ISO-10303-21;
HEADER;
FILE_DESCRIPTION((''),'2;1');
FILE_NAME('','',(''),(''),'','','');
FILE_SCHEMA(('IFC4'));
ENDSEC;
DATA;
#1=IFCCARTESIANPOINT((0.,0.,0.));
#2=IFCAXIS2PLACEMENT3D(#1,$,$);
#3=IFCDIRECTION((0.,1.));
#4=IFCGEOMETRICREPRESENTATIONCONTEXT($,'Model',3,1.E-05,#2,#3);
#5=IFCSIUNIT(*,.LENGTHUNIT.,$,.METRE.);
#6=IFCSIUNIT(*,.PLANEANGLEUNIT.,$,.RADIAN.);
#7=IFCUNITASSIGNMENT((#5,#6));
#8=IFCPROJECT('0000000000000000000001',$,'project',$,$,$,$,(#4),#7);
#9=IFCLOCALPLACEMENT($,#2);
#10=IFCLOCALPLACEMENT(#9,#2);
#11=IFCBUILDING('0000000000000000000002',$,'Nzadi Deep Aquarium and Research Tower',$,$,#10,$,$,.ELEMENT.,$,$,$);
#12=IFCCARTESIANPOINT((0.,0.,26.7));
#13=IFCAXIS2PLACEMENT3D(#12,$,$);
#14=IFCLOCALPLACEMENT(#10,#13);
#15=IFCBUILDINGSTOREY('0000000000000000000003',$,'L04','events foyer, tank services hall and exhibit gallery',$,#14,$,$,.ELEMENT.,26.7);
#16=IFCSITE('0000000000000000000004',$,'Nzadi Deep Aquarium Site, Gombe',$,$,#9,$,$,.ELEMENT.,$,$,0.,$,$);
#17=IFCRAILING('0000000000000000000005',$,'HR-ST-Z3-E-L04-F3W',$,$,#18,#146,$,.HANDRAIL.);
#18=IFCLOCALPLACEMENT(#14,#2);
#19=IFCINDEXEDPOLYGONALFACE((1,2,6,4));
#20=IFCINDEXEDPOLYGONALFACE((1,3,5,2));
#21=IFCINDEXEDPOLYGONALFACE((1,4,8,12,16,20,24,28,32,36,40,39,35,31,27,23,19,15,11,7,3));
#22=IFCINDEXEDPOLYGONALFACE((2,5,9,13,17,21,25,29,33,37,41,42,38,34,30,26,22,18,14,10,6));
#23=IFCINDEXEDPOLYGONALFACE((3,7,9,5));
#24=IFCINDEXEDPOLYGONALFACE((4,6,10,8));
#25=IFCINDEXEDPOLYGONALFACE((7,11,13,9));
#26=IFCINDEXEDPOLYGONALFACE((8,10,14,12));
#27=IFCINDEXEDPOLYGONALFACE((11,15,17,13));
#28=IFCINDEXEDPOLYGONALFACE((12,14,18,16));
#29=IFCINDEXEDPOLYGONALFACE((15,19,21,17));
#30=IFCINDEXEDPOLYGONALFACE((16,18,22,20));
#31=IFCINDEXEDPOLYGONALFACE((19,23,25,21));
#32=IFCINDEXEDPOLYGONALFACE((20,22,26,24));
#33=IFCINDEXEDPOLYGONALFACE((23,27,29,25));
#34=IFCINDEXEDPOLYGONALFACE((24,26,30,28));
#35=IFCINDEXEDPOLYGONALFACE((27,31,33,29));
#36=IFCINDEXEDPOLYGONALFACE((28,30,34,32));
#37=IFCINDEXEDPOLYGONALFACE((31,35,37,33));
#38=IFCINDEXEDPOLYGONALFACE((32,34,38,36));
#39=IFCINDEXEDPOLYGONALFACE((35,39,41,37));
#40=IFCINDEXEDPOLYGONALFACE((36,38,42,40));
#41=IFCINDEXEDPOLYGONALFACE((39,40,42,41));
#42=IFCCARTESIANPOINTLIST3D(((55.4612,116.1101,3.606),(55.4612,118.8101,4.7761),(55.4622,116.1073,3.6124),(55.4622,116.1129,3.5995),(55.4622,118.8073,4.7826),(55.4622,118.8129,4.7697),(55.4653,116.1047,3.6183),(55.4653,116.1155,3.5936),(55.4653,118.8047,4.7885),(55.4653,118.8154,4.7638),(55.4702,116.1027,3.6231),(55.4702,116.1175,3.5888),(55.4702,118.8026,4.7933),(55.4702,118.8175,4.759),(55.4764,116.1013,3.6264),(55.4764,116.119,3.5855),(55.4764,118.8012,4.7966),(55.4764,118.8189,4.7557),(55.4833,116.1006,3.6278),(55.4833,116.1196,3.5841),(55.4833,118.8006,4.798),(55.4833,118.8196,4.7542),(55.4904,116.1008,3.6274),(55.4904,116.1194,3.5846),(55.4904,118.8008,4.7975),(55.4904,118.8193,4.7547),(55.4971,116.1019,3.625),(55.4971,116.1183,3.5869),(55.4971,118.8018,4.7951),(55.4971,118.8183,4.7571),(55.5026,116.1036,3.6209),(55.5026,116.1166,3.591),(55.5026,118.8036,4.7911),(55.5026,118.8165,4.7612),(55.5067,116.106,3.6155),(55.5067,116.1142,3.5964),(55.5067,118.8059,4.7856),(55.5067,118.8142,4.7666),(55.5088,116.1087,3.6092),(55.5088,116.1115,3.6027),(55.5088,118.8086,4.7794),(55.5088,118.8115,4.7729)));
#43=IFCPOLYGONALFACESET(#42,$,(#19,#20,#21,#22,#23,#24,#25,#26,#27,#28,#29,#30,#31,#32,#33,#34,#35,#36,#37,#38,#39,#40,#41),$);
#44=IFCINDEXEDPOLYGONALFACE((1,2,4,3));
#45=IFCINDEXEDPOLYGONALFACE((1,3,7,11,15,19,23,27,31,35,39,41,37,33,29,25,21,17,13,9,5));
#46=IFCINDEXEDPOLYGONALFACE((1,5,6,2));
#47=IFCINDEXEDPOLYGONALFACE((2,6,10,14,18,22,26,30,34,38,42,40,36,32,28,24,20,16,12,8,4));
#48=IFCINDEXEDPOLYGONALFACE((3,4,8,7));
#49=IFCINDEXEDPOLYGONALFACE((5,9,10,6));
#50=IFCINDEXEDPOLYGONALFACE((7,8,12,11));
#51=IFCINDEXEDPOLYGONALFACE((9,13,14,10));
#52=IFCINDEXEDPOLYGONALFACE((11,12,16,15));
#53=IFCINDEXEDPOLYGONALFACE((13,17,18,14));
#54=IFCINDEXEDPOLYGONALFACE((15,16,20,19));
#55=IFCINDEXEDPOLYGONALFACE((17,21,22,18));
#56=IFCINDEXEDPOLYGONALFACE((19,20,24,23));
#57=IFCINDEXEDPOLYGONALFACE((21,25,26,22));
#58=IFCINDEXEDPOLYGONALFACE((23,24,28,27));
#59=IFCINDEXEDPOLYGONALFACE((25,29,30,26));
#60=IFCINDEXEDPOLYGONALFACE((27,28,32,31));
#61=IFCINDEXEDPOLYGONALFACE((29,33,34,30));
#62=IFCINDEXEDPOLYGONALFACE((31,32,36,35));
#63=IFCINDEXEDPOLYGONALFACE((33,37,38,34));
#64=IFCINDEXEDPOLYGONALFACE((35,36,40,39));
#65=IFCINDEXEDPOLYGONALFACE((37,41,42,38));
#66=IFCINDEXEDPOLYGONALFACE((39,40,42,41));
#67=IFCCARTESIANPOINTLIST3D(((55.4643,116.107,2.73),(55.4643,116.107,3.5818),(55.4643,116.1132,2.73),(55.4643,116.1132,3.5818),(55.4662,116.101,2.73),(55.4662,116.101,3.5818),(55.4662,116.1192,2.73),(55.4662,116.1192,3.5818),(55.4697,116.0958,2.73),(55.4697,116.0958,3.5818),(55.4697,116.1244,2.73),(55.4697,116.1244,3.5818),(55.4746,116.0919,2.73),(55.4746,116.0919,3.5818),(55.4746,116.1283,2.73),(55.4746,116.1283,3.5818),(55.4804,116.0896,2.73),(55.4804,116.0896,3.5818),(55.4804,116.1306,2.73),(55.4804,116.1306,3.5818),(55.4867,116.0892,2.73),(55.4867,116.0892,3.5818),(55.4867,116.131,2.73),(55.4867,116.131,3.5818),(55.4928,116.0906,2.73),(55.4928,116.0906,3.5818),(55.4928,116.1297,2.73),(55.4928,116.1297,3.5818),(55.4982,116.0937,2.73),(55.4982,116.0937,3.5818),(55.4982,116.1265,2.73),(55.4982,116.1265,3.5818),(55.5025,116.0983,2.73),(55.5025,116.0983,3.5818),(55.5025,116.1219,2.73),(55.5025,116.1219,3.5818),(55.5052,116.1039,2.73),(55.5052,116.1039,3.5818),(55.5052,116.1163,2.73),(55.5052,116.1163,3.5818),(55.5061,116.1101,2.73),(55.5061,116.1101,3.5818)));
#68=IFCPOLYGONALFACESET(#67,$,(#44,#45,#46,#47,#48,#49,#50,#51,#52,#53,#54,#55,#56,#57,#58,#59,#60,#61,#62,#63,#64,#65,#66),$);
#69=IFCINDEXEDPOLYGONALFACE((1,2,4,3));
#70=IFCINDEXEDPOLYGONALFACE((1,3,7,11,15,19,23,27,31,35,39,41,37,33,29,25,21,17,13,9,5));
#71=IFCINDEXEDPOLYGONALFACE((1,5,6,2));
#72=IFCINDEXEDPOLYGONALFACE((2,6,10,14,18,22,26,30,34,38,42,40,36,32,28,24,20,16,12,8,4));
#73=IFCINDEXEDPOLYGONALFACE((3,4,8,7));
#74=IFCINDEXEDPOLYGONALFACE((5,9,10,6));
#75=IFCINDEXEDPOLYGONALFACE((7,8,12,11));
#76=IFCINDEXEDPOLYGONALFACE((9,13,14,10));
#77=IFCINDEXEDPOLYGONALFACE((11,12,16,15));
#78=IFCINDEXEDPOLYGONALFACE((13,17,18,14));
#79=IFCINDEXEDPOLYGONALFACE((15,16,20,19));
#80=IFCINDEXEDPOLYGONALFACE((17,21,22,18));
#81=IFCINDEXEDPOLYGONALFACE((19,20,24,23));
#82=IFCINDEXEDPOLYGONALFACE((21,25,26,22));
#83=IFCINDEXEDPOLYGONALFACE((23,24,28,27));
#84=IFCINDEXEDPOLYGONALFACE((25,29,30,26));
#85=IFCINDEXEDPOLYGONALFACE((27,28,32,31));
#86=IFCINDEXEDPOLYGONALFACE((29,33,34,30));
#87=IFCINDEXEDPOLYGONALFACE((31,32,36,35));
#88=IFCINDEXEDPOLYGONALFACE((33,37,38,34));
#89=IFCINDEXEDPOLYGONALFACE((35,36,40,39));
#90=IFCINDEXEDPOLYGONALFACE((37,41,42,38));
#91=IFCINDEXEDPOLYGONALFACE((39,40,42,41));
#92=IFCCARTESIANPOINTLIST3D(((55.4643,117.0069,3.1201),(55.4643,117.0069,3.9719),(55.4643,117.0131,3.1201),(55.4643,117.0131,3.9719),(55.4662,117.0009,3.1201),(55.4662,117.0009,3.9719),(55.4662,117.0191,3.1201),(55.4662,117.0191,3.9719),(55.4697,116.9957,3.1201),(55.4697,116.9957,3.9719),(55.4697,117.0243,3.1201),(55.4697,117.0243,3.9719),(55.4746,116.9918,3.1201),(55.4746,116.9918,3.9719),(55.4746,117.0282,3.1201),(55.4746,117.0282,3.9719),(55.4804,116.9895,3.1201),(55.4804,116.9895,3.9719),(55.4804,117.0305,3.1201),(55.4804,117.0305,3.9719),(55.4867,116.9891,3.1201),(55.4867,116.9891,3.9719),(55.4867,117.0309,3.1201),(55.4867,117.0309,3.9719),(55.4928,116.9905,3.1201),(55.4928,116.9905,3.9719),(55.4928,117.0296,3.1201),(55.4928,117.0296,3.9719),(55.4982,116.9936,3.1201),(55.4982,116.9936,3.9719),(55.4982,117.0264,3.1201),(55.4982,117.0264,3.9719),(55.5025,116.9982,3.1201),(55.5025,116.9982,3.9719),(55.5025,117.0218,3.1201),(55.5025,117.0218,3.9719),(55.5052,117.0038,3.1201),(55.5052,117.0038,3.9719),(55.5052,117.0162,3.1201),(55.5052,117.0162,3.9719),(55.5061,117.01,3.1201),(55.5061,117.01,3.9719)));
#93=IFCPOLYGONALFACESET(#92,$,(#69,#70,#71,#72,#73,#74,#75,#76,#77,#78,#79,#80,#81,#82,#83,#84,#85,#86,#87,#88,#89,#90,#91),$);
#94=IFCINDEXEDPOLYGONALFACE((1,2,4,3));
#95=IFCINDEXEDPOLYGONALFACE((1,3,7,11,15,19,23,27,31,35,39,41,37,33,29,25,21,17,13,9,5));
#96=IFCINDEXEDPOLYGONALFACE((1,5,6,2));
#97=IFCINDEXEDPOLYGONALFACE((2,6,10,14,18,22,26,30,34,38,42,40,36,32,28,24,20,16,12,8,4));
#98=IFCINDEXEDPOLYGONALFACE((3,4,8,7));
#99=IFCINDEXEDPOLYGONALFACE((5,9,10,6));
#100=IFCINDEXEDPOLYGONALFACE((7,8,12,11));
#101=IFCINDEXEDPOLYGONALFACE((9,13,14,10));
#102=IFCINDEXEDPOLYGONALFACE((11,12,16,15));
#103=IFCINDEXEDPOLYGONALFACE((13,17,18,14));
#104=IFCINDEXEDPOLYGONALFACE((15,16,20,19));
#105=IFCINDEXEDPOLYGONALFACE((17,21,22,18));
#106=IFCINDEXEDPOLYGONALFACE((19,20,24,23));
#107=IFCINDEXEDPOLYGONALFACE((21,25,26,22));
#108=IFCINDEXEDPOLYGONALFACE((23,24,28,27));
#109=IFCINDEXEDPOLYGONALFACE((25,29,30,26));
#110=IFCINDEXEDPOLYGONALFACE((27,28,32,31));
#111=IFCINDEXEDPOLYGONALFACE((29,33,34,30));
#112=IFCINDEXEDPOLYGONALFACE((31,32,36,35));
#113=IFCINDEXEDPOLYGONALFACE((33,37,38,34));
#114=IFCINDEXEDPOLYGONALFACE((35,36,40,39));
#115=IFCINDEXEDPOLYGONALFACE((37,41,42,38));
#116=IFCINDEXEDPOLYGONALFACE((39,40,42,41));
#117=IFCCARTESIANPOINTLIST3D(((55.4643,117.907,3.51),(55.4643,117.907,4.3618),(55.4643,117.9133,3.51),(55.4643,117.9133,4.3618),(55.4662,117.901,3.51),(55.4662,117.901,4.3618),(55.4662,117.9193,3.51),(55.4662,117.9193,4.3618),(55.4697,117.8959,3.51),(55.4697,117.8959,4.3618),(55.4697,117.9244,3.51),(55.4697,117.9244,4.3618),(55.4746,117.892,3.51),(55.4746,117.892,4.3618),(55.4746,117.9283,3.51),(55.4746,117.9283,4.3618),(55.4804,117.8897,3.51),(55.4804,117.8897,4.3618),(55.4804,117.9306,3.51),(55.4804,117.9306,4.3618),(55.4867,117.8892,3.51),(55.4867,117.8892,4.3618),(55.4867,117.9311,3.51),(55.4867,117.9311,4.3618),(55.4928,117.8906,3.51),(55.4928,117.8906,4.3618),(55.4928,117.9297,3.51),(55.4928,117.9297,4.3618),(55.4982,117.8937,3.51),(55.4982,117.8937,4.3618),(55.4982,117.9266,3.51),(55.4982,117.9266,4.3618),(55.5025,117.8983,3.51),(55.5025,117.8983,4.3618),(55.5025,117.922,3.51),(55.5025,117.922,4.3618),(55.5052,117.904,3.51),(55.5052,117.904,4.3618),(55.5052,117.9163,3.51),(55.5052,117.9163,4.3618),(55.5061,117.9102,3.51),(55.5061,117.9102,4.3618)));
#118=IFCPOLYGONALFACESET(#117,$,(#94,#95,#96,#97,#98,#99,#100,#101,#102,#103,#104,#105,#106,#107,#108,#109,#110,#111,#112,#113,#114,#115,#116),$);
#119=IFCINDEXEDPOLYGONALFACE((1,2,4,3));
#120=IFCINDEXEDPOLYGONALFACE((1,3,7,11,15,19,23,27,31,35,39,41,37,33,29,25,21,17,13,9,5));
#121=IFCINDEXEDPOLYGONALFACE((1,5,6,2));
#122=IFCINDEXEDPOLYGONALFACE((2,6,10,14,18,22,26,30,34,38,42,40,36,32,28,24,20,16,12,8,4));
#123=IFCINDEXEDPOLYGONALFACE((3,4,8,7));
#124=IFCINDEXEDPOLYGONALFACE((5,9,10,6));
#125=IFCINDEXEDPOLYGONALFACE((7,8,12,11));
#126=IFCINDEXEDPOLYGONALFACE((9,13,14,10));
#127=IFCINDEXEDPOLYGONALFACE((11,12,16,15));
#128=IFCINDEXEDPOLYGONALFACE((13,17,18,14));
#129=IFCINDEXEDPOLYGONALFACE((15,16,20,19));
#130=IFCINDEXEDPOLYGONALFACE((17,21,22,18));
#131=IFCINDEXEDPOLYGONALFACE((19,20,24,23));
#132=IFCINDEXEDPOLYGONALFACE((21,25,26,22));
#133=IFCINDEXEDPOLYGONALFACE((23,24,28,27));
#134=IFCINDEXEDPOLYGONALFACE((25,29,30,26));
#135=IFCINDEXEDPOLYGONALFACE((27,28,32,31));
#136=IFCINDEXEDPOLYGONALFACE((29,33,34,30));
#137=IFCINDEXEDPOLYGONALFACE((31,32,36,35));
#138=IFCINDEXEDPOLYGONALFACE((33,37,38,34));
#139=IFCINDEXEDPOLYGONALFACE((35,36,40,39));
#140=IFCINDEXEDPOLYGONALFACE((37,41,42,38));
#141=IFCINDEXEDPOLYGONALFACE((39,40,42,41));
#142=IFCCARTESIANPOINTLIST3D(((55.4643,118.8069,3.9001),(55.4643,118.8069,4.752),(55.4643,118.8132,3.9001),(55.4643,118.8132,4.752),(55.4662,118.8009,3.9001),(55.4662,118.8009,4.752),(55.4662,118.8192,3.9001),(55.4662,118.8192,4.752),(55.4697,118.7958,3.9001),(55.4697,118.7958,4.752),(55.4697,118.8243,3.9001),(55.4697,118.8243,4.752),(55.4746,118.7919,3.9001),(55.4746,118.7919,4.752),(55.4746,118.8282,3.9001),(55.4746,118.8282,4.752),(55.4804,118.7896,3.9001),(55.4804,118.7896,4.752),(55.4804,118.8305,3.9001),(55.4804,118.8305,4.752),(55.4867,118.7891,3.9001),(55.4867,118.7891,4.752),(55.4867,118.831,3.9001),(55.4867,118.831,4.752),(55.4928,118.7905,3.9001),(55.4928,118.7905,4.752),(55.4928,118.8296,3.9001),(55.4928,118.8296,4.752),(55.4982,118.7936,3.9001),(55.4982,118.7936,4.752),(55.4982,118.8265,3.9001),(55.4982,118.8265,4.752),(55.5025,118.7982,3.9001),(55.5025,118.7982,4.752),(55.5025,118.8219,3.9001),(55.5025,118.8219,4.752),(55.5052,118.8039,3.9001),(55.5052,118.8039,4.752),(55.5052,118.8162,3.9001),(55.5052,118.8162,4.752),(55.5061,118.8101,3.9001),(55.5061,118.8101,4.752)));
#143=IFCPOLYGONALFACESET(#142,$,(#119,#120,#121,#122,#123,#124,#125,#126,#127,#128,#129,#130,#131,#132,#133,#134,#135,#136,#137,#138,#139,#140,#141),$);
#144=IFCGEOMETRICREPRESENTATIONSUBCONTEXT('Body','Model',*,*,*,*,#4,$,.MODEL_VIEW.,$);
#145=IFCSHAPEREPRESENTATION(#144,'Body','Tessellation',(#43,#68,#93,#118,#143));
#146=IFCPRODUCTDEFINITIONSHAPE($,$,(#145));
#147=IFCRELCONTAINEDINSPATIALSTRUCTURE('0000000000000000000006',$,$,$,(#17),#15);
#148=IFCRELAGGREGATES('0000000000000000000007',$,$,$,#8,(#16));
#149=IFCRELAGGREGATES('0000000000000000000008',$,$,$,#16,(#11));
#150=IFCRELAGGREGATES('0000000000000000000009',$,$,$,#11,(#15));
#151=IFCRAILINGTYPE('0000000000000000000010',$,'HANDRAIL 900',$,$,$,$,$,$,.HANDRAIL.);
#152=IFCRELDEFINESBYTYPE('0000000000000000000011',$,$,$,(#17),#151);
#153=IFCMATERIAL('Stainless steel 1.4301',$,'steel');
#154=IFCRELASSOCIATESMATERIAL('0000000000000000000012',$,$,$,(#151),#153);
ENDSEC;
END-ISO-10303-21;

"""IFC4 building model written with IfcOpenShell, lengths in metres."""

from ifc_helpers import new_model, si_unit, direction, frame, origin, origin_2d, place, context, subcontext, project, spatial, circle, extrude, material, type_object, element, save


model = new_model("IFC4")

# Units and contexts
model_context = context("Model", 3, precision=1e-05, world=origin(), true_north=direction((0.0, 1.0)))
body_context = subcontext(model_context, "Body", "Model", "MODEL_VIEW")
ifc_project = project(units=[si_unit("LENGTHUNIT", "METRE"), si_unit("PLANEANGLEUNIT", "RADIAN")], contexts=[model_context])

# Site, building, storey
site_placement = place(None, origin())
site = spatial("IfcSite", under=ifc_project, at=site_placement, Name="Nzadi Deep Aquarium Site, Gombe", CompositionType="ELEMENT", RefElevation=0.0)
building_placement = place(site_placement, origin())
building = spatial("IfcBuilding", under=site, at=building_placement, Name="Nzadi Deep Aquarium and Research Tower", CompositionType="ELEMENT")
storey_placement = place(building_placement, frame((0.0, 0.0, 26.7)))
storey = spatial("IfcBuildingStorey", under=building, at=storey_placement, Name="L04", Description="events foyer, tank services hall and exhibit gallery", CompositionType="ELEMENT", Elevation=26.7)

# Railing
ifc_material_1 = material(Name="Stainless steel 1.4301", Category="steel")
railing_type = type_object("IfcRailingType", Name="HANDRAIL 900", PredefinedType="HANDRAIL", material=ifc_material_1)
railing_placement = place(storey_placement, frame((55.4851, 116.1101, 2.73)))
element("IfcRailing", 1, at=railing_placement, inside=storey, type_object=railing_type, Name="HR-ST-Z3-E-L04-F3W", PredefinedType="HANDRAIL", context=body_context, shape_type="SweptSolid", body=[
    extrude(circle(Radius=0.0239, at=origin_2d()), frame((0.0, 0.0, 0.876), z_axis=(0.0, 0.917532, 0.397661), x_axis=(-1.0, 0.0, 0.0)), (0.0, 0.0, 1.0), 2.9426),
    extrude(circle(Radius=0.021, at=origin_2d()), origin(), (0.0, 0.0, 1.0), 0.8518),
    extrude(circle(Radius=0.021, at=origin_2d()), frame((0.0, 0.8999, 0.3901)), (0.0, 0.0, 1.0), 0.8518),
    extrude(circle(Radius=0.021, at=origin_2d()), frame((0.0, 1.8, 0.78)), (0.0, 0.0, 1.0), 0.8518),
    extrude(circle(Radius=0.021, at=origin_2d()), frame((0.0, 2.7, 1.1702)), (0.0, 0.0, 1.0), 0.8518),
])

save(model, "model.ifc")
